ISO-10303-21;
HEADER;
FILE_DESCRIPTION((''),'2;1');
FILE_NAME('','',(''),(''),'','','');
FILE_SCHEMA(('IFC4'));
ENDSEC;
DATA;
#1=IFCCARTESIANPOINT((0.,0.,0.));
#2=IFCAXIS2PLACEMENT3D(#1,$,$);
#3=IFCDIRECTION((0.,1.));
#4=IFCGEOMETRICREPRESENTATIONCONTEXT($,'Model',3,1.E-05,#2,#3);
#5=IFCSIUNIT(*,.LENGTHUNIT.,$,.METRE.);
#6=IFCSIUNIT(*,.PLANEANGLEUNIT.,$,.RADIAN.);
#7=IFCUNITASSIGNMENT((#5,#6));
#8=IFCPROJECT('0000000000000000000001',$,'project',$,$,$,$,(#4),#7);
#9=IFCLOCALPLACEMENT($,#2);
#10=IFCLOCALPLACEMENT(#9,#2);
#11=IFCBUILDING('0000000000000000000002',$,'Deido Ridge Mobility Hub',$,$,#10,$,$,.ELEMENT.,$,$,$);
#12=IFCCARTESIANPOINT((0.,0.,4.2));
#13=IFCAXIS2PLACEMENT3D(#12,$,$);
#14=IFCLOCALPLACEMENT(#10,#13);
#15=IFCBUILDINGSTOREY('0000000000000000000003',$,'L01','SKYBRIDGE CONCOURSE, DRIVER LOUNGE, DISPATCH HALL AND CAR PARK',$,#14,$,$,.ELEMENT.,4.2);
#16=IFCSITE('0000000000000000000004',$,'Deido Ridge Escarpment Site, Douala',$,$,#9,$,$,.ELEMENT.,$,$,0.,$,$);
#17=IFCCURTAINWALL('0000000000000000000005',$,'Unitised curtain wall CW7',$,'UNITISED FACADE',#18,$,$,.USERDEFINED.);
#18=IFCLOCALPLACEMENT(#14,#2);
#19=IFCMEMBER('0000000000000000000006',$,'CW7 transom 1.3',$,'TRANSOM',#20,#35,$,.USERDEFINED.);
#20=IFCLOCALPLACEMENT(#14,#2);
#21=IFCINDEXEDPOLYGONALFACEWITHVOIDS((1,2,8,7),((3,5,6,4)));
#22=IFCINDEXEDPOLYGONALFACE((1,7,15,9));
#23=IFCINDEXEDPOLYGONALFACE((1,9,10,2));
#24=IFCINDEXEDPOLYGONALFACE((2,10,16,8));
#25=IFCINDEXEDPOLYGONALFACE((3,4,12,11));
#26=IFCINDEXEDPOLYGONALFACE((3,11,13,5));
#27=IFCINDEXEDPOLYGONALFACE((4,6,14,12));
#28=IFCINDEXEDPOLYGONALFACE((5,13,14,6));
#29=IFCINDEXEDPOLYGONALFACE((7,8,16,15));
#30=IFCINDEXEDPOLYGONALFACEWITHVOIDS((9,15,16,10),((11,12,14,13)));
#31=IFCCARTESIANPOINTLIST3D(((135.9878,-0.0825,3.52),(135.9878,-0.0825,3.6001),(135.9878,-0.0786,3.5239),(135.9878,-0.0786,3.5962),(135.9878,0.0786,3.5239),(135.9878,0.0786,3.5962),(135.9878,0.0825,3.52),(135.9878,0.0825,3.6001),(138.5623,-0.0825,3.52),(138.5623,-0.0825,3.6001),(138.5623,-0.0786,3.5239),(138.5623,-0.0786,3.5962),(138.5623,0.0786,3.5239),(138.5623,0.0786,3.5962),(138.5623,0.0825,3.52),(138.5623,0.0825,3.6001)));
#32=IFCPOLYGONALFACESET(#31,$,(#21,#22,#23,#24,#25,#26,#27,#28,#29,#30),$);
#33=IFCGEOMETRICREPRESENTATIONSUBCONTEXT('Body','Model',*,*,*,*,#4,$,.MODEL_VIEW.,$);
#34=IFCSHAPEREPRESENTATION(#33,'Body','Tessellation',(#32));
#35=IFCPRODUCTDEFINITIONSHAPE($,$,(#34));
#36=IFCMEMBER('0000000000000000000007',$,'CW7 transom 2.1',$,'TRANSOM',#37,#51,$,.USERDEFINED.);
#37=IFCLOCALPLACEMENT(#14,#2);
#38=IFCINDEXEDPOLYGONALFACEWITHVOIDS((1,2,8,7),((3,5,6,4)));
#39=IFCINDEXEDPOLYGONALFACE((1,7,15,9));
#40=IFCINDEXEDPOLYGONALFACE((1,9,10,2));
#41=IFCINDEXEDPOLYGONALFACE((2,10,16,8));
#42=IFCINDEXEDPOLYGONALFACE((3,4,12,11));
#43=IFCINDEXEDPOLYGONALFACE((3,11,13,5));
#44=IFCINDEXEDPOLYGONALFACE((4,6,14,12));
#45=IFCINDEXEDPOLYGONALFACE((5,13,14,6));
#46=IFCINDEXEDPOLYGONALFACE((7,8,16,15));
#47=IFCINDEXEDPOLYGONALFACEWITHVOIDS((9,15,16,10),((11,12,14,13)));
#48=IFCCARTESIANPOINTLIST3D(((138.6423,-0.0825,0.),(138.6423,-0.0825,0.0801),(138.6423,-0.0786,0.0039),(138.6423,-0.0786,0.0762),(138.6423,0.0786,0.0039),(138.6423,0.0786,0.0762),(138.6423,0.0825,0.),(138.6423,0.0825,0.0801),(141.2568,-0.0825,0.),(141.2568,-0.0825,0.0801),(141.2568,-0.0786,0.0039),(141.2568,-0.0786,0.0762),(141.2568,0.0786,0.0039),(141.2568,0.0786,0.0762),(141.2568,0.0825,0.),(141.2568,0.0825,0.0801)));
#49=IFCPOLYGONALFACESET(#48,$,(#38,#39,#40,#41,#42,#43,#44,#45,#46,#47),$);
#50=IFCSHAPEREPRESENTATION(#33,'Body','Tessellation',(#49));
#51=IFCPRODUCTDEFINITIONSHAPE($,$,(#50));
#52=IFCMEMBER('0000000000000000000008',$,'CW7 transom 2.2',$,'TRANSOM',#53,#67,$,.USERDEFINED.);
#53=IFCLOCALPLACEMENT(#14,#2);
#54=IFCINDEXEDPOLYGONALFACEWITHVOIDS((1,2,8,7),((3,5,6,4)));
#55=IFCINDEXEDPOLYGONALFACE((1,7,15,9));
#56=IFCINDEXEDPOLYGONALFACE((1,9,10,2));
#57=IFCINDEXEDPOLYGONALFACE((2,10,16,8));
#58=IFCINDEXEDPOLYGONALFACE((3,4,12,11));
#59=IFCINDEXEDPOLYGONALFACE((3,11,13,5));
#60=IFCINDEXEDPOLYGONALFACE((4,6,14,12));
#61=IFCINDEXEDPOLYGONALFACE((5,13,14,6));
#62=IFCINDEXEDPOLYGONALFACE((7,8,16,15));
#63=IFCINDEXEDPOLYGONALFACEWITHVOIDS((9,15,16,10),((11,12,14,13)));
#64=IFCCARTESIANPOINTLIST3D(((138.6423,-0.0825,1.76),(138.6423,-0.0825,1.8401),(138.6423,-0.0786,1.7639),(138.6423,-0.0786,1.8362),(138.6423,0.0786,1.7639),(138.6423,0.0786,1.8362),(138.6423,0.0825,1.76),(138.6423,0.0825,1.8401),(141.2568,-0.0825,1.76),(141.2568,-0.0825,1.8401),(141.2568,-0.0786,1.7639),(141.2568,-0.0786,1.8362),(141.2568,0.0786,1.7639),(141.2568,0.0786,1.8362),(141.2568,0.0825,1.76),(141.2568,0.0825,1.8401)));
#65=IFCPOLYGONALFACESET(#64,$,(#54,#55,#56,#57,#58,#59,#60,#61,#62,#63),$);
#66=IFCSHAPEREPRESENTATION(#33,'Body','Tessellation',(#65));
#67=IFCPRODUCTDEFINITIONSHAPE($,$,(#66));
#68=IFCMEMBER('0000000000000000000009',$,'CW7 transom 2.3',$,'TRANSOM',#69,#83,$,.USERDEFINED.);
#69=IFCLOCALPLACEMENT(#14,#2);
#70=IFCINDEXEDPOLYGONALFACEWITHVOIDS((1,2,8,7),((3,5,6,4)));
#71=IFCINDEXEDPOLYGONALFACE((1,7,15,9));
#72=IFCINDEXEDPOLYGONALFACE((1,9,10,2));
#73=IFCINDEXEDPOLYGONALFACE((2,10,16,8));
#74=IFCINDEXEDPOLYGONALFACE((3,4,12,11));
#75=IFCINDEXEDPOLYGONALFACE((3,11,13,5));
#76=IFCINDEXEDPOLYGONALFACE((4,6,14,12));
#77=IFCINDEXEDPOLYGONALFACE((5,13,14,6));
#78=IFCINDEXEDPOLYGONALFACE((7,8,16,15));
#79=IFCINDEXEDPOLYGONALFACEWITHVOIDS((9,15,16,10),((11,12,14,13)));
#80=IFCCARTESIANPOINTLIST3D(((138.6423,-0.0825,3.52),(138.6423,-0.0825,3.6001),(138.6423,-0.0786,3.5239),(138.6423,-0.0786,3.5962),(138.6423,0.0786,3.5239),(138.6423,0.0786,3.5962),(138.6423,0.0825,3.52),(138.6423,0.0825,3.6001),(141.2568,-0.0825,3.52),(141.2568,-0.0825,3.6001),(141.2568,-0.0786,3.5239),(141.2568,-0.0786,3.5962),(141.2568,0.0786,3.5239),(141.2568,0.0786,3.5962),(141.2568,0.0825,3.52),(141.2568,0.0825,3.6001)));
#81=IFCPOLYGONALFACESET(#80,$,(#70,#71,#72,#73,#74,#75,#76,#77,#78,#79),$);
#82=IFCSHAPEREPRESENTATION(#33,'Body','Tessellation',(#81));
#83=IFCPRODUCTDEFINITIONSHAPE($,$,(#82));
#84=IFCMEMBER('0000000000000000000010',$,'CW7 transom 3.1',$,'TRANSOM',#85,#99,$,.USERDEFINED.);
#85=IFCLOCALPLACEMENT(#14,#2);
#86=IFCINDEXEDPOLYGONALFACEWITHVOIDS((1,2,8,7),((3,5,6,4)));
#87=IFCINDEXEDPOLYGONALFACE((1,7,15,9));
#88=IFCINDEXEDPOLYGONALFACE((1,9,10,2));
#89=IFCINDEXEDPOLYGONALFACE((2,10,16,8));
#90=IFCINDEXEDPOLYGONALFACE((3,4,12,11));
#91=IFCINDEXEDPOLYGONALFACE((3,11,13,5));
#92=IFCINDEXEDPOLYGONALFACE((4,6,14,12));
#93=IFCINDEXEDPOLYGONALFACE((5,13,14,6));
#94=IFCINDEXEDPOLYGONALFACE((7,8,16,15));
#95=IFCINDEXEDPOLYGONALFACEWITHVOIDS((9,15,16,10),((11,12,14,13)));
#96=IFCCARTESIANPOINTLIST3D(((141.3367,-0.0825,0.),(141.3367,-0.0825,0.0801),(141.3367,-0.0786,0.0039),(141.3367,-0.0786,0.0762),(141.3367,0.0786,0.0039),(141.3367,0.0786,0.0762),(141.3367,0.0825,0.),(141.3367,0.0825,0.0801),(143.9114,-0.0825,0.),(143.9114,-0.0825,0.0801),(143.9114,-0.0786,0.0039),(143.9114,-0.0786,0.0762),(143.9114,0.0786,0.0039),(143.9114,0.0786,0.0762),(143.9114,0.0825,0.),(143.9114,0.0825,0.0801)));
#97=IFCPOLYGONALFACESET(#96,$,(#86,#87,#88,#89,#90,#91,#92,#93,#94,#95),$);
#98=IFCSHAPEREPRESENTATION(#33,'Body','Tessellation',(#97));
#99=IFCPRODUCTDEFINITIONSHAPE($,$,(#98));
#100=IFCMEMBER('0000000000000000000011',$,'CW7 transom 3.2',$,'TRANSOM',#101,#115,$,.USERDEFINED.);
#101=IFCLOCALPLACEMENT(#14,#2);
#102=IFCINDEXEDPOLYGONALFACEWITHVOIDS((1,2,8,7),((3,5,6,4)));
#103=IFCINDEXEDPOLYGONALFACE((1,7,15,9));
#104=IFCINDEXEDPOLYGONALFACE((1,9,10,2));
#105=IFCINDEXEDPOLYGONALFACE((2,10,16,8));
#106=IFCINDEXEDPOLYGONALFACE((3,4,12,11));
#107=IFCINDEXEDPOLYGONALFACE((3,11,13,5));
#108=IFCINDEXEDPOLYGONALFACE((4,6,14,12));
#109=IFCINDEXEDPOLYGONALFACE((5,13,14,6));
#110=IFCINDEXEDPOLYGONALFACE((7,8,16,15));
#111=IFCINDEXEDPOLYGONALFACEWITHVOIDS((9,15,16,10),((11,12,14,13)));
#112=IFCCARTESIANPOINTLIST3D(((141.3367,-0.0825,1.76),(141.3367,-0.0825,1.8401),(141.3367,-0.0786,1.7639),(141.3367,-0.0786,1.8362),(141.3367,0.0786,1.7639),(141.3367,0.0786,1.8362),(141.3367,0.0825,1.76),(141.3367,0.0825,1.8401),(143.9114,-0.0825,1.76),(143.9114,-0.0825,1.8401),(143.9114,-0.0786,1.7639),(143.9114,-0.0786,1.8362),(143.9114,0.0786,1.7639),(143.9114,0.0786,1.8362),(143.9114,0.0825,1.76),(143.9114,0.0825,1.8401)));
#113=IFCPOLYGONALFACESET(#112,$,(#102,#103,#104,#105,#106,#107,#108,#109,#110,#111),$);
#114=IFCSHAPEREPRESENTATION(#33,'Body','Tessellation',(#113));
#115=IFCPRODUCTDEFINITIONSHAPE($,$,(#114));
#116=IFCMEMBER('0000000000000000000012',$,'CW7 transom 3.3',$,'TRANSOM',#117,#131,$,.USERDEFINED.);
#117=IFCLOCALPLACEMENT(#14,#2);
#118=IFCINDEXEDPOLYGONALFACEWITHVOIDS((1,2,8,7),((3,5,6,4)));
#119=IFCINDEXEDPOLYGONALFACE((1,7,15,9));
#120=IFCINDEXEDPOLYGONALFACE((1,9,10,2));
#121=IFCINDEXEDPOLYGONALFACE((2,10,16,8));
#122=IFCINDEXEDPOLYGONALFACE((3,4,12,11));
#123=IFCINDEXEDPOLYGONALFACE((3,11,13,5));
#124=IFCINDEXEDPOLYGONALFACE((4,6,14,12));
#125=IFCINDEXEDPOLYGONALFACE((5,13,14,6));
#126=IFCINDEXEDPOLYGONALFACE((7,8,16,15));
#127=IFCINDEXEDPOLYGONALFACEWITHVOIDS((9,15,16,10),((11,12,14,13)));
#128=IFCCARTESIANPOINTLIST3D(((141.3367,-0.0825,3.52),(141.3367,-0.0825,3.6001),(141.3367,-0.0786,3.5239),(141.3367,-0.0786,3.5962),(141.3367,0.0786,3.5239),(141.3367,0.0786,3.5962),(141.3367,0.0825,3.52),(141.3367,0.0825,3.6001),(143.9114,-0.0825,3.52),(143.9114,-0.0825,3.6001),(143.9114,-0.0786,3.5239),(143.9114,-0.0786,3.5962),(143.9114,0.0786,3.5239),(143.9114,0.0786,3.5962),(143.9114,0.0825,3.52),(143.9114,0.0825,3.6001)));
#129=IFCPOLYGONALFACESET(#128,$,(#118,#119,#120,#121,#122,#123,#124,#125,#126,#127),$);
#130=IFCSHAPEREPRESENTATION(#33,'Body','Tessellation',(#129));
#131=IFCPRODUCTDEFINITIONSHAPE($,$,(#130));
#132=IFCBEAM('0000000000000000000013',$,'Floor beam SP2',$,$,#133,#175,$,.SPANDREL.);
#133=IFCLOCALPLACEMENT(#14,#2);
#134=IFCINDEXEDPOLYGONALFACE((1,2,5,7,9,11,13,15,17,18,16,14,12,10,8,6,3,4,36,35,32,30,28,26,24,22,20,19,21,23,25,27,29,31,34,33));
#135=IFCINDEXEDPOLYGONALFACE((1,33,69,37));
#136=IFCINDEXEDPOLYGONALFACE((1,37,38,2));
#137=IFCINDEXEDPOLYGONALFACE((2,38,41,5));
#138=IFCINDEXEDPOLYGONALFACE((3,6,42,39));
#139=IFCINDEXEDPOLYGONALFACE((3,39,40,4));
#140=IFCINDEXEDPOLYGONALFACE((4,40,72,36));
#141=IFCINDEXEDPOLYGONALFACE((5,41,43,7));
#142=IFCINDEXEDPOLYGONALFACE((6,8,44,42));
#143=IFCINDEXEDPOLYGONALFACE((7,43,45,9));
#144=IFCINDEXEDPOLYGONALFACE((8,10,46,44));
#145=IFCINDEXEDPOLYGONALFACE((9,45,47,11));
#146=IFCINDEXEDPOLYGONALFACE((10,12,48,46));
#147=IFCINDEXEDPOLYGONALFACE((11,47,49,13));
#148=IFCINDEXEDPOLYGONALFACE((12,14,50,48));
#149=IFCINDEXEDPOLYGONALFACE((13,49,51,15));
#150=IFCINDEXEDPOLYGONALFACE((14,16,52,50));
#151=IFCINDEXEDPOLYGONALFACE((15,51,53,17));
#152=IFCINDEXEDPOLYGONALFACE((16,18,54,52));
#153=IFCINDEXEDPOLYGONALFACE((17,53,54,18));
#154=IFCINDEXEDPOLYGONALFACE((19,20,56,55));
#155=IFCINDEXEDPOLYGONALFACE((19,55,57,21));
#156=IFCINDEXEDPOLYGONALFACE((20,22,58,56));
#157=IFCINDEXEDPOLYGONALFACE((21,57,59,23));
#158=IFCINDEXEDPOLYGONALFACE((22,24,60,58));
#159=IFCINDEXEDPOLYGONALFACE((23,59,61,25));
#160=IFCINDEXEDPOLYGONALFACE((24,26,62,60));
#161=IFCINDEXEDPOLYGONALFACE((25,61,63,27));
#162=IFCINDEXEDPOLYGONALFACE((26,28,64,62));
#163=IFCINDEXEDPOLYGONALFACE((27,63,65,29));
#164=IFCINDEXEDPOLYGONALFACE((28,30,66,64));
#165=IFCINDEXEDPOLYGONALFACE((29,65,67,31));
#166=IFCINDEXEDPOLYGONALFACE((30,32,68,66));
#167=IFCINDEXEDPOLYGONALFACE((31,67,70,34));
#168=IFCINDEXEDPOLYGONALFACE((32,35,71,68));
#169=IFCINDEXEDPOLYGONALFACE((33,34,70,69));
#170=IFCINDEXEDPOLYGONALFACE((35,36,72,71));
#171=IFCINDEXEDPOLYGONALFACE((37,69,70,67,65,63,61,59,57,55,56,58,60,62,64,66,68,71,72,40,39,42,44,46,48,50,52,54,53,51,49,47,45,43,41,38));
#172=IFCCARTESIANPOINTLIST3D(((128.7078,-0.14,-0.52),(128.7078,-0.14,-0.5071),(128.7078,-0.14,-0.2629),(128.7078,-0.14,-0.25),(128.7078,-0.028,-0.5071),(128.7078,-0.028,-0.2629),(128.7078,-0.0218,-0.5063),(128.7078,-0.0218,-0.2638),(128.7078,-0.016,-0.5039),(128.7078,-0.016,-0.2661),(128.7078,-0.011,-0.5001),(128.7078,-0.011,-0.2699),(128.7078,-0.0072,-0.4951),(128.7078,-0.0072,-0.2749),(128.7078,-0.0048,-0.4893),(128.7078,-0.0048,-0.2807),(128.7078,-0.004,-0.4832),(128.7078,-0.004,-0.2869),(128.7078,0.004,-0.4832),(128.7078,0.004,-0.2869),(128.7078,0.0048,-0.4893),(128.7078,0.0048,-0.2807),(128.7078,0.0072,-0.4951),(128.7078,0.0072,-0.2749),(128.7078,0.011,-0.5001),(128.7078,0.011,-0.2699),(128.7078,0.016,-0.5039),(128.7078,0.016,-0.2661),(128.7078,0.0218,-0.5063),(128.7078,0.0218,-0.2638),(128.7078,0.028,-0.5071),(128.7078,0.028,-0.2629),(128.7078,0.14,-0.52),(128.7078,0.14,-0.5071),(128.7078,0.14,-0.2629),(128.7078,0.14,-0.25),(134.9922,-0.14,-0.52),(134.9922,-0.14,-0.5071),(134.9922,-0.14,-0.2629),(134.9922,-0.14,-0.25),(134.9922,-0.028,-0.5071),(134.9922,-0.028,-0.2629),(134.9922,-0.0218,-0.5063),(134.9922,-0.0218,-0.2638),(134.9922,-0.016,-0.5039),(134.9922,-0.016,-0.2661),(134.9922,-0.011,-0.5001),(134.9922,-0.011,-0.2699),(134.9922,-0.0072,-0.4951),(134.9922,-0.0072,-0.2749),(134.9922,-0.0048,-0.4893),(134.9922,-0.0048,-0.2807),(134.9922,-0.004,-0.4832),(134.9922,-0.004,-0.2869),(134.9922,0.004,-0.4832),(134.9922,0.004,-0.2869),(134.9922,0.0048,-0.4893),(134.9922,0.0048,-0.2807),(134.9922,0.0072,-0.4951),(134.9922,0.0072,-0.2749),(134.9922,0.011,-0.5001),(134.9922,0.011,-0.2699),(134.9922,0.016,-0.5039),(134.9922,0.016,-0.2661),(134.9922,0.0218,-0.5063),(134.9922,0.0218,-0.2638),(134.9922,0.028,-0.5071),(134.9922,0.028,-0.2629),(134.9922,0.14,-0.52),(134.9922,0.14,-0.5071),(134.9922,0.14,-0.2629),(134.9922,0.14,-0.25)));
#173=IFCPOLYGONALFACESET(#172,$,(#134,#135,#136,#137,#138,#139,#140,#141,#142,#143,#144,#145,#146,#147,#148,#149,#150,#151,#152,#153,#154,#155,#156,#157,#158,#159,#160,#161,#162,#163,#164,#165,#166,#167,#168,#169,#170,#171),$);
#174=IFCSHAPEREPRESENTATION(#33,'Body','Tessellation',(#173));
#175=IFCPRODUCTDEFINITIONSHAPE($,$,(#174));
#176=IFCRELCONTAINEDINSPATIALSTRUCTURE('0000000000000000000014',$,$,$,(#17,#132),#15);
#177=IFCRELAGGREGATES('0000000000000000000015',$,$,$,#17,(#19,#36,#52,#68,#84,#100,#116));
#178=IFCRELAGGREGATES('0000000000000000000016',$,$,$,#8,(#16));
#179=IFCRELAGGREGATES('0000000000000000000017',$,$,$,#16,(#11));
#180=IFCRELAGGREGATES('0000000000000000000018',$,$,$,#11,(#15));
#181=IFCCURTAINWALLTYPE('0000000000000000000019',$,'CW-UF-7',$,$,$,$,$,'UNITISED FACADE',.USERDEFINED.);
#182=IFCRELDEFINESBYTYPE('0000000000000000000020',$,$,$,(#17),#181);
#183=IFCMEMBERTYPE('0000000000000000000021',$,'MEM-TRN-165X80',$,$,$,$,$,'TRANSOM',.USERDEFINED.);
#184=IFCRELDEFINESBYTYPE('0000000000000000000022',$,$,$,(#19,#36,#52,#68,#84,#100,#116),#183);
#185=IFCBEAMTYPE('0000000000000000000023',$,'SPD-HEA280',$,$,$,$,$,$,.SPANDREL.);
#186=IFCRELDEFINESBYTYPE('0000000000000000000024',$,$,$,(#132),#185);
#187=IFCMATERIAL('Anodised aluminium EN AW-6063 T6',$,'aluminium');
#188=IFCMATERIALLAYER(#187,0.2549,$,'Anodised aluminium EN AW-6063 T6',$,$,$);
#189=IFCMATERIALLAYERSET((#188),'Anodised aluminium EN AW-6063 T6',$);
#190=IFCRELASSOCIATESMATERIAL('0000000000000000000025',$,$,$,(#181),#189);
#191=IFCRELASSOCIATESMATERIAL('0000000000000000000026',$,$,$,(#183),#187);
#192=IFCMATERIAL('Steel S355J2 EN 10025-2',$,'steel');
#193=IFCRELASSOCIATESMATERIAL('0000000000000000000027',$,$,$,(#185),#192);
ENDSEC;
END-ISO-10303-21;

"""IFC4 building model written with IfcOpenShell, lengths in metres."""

from ifc_helpers import new_model, si_unit, direction, frame, origin, origin_2d, place, context, subcontext, project, spatial, hollow_rectangle, i_section, extrude, material, layer, layer_set, material_profile, profile_set, type_object, element, aggregate, save


model = new_model("IFC4")

# Units and contexts
model_context = context("Model", 3, precision=1e-05, world=origin(), true_north=direction((0.0, 1.0)))
body_context = subcontext(model_context, "Body", "Model", "MODEL_VIEW")
ifc_project = project(units=[si_unit("LENGTHUNIT", "METRE"), si_unit("PLANEANGLEUNIT", "RADIAN")], contexts=[model_context])

# Site, building, storey
site_placement = place(None, origin())
site = spatial("IfcSite", under=ifc_project, at=site_placement, Name="Deido Ridge Escarpment Site, Douala", CompositionType="ELEMENT", RefElevation=0.0)
building_placement = place(site_placement, origin())
building = spatial("IfcBuilding", under=site, at=building_placement, Name="Deido Ridge Mobility Hub", CompositionType="ELEMENT")
storey_placement = place(building_placement, frame((0.0, 0.0, 4.2)))
storey = spatial("IfcBuildingStorey", under=building, at=storey_placement, Name="L01", Description="SKYBRIDGE CONCOURSE, DRIVER LOUNGE, DISPATCH HALL AND CAR PARK", CompositionType="ELEMENT", Elevation=4.2)

# Shared definitions
ifc_material_1 = material(Name="Steel S355J2 EN 10025-2", Category="steel")

# Curtain wall
ifc_material_2 = material(Name="Anodised aluminium EN AW-6063 T6", Category="aluminium")
ifc_layer_1 = layer(ifc_material_2, 0.2549, Name="Anodised aluminium EN AW-6063 T6")
ifc_layer_set_1 = layer_set([ifc_layer_1], Name="Anodised aluminium EN AW-6063 T6")
curtain_wall_type_1 = type_object("IfcCurtainWallType", Name="CW-UF-7", ElementType="UNITISED FACADE", PredefinedType="USERDEFINED", material=ifc_layer_set_1)
curtain_wall_1_placement = place(storey_placement, origin())
curtain_wall_1 = element("IfcCurtainWall", 1, at=curtain_wall_1_placement, inside=storey, type_object=curtain_wall_type_1, Name="Unitised curtain wall CW7", ObjectType="UNITISED FACADE", PredefinedType="USERDEFINED")

# Members
ifc_material_profile_1 = material_profile(ifc_material_2, hollow_rectangle(XDim=0.165, YDim=0.0801, WallThickness=0.0039, at=origin_2d()), Name="RHS 165x80x4")
ifc_profile_set_1 = profile_set([ifc_material_profile_1], Name="Anodised aluminium EN AW-6063 T6")
member_type_1 = type_object("IfcMemberType", Name="MEM-TRN-165X80", ElementType="TRANSOM", PredefinedType="USERDEFINED", material=ifc_profile_set_1)
member_1_placement = place(storey_placement, frame((135.9878, 0.0, 3.5601), z_axis=(1.0, 0.0, 0.0), x_axis=(0.0, 1.0, 0.0)))
member_1 = element("IfcMember", 2, at=member_1_placement, type_object=member_type_1, Name="CW7 transom 1.3", ObjectType="TRANSOM", PredefinedType="USERDEFINED", context=body_context, shape_type="SweptSolid", body=[
    extrude(hollow_rectangle(XDim=0.165, YDim=0.0801, WallThickness=0.0039, at=origin_2d()), origin(), (0.0, 0.0, 1.0), 2.5745),
])
member_2_placement = place(storey_placement, frame((138.6423, 0.0, 0.04), z_axis=(1.0, 0.0, 0.0), x_axis=(0.0, 1.0, 0.0)))
member_2 = element("IfcMember", 3, at=member_2_placement, type_object=member_type_1, Name="CW7 transom 2.1", ObjectType="TRANSOM", PredefinedType="USERDEFINED", context=body_context, shape_type="SweptSolid", body=[
    extrude(hollow_rectangle(XDim=0.165, YDim=0.0801, WallThickness=0.0039, at=origin_2d()), origin(), (0.0, 0.0, 1.0), 2.6145),
])
member_3_placement = place(storey_placement, frame((138.6423, 0.0, 1.8), z_axis=(1.0, 0.0, 0.0), x_axis=(0.0, 1.0, 0.0)))
member_3 = element("IfcMember", 4, at=member_3_placement, type_object=member_type_1, Name="CW7 transom 2.2", ObjectType="TRANSOM", PredefinedType="USERDEFINED", context=body_context, shape_type="SweptSolid", body=[
    extrude(hollow_rectangle(XDim=0.165, YDim=0.0801, WallThickness=0.0039, at=origin_2d()), origin(), (0.0, 0.0, 1.0), 2.6145),
])
member_4_placement = place(storey_placement, frame((138.6423, 0.0, 3.5601), z_axis=(1.0, 0.0, 0.0), x_axis=(0.0, 1.0, 0.0)))
member_4 = element("IfcMember", 5, at=member_4_placement, type_object=member_type_1, Name="CW7 transom 2.3", ObjectType="TRANSOM", PredefinedType="USERDEFINED", context=body_context, shape_type="SweptSolid", body=[
    extrude(hollow_rectangle(XDim=0.165, YDim=0.0801, WallThickness=0.0039, at=origin_2d()), origin(), (0.0, 0.0, 1.0), 2.6145),
])
member_5_placement = place(storey_placement, frame((141.3367, 0.0, 0.04), z_axis=(1.0, 0.0, 0.0), x_axis=(0.0, 1.0, 0.0)))
member_5 = element("IfcMember", 6, at=member_5_placement, type_object=member_type_1, Name="CW7 transom 3.1", ObjectType="TRANSOM", PredefinedType="USERDEFINED", context=body_context, shape_type="SweptSolid", body=[
    extrude(hollow_rectangle(XDim=0.165, YDim=0.0801, WallThickness=0.0039, at=origin_2d()), origin(), (0.0, 0.0, 1.0), 2.5747),
])
member_6_placement = place(storey_placement, frame((141.3367, 0.0, 1.8), z_axis=(1.0, 0.0, 0.0), x_axis=(0.0, 1.0, 0.0)))
member_6 = element("IfcMember", 7, at=member_6_placement, type_object=member_type_1, Name="CW7 transom 3.2", ObjectType="TRANSOM", PredefinedType="USERDEFINED", context=body_context, shape_type="SweptSolid", body=[
    extrude(hollow_rectangle(XDim=0.165, YDim=0.0801, WallThickness=0.0039, at=origin_2d()), origin(), (0.0, 0.0, 1.0), 2.5747),
])
member_7_placement = place(storey_placement, frame((141.3367, 0.0, 3.5601), z_axis=(1.0, 0.0, 0.0), x_axis=(0.0, 1.0, 0.0)))
member_7 = element("IfcMember", 8, at=member_7_placement, type_object=member_type_1, Name="CW7 transom 3.3", ObjectType="TRANSOM", PredefinedType="USERDEFINED", context=body_context, shape_type="SweptSolid", body=[
    extrude(hollow_rectangle(XDim=0.165, YDim=0.0801, WallThickness=0.0039, at=origin_2d()), origin(), (0.0, 0.0, 1.0), 2.5747),
])

# Beam
ifc_material_profile_2 = material_profile(ifc_material_1, i_section(OverallWidth=0.28, OverallDepth=0.27, WebThickness=0.0081, FlangeThickness=0.0129, FilletRadius=0.0239, at=origin_2d()), Name="HEA 280")
ifc_profile_set_2 = profile_set([ifc_material_profile_2], Name="Steel S355J2 EN 10025-2")
beam_type = type_object("IfcBeamType", Name="SPD-HEA280", PredefinedType="SPANDREL", material=ifc_profile_set_2)
beam_1_placement = place(storey_placement, frame((128.7078, 0.0, -0.385), z_axis=(1.0, 0.0, 0.0), x_axis=(0.0, 1.0, 0.0)))
element("IfcBeam", 9, at=beam_1_placement, inside=storey, type_object=beam_type, Name="Floor beam SP2", PredefinedType="SPANDREL", context=body_context, shape_type="SweptSolid", body=[
    extrude(i_section(OverallWidth=0.28, OverallDepth=0.27, WebThickness=0.0081, FlangeThickness=0.0129, FilletRadius=0.0239, at=origin_2d()), origin(), (0.0, 0.0, 1.0), 6.2844),
])

aggregate(curtain_wall_1, [member_1, member_2, member_3, member_4, member_5, member_6, member_7])

save(model, "model.ifc")
